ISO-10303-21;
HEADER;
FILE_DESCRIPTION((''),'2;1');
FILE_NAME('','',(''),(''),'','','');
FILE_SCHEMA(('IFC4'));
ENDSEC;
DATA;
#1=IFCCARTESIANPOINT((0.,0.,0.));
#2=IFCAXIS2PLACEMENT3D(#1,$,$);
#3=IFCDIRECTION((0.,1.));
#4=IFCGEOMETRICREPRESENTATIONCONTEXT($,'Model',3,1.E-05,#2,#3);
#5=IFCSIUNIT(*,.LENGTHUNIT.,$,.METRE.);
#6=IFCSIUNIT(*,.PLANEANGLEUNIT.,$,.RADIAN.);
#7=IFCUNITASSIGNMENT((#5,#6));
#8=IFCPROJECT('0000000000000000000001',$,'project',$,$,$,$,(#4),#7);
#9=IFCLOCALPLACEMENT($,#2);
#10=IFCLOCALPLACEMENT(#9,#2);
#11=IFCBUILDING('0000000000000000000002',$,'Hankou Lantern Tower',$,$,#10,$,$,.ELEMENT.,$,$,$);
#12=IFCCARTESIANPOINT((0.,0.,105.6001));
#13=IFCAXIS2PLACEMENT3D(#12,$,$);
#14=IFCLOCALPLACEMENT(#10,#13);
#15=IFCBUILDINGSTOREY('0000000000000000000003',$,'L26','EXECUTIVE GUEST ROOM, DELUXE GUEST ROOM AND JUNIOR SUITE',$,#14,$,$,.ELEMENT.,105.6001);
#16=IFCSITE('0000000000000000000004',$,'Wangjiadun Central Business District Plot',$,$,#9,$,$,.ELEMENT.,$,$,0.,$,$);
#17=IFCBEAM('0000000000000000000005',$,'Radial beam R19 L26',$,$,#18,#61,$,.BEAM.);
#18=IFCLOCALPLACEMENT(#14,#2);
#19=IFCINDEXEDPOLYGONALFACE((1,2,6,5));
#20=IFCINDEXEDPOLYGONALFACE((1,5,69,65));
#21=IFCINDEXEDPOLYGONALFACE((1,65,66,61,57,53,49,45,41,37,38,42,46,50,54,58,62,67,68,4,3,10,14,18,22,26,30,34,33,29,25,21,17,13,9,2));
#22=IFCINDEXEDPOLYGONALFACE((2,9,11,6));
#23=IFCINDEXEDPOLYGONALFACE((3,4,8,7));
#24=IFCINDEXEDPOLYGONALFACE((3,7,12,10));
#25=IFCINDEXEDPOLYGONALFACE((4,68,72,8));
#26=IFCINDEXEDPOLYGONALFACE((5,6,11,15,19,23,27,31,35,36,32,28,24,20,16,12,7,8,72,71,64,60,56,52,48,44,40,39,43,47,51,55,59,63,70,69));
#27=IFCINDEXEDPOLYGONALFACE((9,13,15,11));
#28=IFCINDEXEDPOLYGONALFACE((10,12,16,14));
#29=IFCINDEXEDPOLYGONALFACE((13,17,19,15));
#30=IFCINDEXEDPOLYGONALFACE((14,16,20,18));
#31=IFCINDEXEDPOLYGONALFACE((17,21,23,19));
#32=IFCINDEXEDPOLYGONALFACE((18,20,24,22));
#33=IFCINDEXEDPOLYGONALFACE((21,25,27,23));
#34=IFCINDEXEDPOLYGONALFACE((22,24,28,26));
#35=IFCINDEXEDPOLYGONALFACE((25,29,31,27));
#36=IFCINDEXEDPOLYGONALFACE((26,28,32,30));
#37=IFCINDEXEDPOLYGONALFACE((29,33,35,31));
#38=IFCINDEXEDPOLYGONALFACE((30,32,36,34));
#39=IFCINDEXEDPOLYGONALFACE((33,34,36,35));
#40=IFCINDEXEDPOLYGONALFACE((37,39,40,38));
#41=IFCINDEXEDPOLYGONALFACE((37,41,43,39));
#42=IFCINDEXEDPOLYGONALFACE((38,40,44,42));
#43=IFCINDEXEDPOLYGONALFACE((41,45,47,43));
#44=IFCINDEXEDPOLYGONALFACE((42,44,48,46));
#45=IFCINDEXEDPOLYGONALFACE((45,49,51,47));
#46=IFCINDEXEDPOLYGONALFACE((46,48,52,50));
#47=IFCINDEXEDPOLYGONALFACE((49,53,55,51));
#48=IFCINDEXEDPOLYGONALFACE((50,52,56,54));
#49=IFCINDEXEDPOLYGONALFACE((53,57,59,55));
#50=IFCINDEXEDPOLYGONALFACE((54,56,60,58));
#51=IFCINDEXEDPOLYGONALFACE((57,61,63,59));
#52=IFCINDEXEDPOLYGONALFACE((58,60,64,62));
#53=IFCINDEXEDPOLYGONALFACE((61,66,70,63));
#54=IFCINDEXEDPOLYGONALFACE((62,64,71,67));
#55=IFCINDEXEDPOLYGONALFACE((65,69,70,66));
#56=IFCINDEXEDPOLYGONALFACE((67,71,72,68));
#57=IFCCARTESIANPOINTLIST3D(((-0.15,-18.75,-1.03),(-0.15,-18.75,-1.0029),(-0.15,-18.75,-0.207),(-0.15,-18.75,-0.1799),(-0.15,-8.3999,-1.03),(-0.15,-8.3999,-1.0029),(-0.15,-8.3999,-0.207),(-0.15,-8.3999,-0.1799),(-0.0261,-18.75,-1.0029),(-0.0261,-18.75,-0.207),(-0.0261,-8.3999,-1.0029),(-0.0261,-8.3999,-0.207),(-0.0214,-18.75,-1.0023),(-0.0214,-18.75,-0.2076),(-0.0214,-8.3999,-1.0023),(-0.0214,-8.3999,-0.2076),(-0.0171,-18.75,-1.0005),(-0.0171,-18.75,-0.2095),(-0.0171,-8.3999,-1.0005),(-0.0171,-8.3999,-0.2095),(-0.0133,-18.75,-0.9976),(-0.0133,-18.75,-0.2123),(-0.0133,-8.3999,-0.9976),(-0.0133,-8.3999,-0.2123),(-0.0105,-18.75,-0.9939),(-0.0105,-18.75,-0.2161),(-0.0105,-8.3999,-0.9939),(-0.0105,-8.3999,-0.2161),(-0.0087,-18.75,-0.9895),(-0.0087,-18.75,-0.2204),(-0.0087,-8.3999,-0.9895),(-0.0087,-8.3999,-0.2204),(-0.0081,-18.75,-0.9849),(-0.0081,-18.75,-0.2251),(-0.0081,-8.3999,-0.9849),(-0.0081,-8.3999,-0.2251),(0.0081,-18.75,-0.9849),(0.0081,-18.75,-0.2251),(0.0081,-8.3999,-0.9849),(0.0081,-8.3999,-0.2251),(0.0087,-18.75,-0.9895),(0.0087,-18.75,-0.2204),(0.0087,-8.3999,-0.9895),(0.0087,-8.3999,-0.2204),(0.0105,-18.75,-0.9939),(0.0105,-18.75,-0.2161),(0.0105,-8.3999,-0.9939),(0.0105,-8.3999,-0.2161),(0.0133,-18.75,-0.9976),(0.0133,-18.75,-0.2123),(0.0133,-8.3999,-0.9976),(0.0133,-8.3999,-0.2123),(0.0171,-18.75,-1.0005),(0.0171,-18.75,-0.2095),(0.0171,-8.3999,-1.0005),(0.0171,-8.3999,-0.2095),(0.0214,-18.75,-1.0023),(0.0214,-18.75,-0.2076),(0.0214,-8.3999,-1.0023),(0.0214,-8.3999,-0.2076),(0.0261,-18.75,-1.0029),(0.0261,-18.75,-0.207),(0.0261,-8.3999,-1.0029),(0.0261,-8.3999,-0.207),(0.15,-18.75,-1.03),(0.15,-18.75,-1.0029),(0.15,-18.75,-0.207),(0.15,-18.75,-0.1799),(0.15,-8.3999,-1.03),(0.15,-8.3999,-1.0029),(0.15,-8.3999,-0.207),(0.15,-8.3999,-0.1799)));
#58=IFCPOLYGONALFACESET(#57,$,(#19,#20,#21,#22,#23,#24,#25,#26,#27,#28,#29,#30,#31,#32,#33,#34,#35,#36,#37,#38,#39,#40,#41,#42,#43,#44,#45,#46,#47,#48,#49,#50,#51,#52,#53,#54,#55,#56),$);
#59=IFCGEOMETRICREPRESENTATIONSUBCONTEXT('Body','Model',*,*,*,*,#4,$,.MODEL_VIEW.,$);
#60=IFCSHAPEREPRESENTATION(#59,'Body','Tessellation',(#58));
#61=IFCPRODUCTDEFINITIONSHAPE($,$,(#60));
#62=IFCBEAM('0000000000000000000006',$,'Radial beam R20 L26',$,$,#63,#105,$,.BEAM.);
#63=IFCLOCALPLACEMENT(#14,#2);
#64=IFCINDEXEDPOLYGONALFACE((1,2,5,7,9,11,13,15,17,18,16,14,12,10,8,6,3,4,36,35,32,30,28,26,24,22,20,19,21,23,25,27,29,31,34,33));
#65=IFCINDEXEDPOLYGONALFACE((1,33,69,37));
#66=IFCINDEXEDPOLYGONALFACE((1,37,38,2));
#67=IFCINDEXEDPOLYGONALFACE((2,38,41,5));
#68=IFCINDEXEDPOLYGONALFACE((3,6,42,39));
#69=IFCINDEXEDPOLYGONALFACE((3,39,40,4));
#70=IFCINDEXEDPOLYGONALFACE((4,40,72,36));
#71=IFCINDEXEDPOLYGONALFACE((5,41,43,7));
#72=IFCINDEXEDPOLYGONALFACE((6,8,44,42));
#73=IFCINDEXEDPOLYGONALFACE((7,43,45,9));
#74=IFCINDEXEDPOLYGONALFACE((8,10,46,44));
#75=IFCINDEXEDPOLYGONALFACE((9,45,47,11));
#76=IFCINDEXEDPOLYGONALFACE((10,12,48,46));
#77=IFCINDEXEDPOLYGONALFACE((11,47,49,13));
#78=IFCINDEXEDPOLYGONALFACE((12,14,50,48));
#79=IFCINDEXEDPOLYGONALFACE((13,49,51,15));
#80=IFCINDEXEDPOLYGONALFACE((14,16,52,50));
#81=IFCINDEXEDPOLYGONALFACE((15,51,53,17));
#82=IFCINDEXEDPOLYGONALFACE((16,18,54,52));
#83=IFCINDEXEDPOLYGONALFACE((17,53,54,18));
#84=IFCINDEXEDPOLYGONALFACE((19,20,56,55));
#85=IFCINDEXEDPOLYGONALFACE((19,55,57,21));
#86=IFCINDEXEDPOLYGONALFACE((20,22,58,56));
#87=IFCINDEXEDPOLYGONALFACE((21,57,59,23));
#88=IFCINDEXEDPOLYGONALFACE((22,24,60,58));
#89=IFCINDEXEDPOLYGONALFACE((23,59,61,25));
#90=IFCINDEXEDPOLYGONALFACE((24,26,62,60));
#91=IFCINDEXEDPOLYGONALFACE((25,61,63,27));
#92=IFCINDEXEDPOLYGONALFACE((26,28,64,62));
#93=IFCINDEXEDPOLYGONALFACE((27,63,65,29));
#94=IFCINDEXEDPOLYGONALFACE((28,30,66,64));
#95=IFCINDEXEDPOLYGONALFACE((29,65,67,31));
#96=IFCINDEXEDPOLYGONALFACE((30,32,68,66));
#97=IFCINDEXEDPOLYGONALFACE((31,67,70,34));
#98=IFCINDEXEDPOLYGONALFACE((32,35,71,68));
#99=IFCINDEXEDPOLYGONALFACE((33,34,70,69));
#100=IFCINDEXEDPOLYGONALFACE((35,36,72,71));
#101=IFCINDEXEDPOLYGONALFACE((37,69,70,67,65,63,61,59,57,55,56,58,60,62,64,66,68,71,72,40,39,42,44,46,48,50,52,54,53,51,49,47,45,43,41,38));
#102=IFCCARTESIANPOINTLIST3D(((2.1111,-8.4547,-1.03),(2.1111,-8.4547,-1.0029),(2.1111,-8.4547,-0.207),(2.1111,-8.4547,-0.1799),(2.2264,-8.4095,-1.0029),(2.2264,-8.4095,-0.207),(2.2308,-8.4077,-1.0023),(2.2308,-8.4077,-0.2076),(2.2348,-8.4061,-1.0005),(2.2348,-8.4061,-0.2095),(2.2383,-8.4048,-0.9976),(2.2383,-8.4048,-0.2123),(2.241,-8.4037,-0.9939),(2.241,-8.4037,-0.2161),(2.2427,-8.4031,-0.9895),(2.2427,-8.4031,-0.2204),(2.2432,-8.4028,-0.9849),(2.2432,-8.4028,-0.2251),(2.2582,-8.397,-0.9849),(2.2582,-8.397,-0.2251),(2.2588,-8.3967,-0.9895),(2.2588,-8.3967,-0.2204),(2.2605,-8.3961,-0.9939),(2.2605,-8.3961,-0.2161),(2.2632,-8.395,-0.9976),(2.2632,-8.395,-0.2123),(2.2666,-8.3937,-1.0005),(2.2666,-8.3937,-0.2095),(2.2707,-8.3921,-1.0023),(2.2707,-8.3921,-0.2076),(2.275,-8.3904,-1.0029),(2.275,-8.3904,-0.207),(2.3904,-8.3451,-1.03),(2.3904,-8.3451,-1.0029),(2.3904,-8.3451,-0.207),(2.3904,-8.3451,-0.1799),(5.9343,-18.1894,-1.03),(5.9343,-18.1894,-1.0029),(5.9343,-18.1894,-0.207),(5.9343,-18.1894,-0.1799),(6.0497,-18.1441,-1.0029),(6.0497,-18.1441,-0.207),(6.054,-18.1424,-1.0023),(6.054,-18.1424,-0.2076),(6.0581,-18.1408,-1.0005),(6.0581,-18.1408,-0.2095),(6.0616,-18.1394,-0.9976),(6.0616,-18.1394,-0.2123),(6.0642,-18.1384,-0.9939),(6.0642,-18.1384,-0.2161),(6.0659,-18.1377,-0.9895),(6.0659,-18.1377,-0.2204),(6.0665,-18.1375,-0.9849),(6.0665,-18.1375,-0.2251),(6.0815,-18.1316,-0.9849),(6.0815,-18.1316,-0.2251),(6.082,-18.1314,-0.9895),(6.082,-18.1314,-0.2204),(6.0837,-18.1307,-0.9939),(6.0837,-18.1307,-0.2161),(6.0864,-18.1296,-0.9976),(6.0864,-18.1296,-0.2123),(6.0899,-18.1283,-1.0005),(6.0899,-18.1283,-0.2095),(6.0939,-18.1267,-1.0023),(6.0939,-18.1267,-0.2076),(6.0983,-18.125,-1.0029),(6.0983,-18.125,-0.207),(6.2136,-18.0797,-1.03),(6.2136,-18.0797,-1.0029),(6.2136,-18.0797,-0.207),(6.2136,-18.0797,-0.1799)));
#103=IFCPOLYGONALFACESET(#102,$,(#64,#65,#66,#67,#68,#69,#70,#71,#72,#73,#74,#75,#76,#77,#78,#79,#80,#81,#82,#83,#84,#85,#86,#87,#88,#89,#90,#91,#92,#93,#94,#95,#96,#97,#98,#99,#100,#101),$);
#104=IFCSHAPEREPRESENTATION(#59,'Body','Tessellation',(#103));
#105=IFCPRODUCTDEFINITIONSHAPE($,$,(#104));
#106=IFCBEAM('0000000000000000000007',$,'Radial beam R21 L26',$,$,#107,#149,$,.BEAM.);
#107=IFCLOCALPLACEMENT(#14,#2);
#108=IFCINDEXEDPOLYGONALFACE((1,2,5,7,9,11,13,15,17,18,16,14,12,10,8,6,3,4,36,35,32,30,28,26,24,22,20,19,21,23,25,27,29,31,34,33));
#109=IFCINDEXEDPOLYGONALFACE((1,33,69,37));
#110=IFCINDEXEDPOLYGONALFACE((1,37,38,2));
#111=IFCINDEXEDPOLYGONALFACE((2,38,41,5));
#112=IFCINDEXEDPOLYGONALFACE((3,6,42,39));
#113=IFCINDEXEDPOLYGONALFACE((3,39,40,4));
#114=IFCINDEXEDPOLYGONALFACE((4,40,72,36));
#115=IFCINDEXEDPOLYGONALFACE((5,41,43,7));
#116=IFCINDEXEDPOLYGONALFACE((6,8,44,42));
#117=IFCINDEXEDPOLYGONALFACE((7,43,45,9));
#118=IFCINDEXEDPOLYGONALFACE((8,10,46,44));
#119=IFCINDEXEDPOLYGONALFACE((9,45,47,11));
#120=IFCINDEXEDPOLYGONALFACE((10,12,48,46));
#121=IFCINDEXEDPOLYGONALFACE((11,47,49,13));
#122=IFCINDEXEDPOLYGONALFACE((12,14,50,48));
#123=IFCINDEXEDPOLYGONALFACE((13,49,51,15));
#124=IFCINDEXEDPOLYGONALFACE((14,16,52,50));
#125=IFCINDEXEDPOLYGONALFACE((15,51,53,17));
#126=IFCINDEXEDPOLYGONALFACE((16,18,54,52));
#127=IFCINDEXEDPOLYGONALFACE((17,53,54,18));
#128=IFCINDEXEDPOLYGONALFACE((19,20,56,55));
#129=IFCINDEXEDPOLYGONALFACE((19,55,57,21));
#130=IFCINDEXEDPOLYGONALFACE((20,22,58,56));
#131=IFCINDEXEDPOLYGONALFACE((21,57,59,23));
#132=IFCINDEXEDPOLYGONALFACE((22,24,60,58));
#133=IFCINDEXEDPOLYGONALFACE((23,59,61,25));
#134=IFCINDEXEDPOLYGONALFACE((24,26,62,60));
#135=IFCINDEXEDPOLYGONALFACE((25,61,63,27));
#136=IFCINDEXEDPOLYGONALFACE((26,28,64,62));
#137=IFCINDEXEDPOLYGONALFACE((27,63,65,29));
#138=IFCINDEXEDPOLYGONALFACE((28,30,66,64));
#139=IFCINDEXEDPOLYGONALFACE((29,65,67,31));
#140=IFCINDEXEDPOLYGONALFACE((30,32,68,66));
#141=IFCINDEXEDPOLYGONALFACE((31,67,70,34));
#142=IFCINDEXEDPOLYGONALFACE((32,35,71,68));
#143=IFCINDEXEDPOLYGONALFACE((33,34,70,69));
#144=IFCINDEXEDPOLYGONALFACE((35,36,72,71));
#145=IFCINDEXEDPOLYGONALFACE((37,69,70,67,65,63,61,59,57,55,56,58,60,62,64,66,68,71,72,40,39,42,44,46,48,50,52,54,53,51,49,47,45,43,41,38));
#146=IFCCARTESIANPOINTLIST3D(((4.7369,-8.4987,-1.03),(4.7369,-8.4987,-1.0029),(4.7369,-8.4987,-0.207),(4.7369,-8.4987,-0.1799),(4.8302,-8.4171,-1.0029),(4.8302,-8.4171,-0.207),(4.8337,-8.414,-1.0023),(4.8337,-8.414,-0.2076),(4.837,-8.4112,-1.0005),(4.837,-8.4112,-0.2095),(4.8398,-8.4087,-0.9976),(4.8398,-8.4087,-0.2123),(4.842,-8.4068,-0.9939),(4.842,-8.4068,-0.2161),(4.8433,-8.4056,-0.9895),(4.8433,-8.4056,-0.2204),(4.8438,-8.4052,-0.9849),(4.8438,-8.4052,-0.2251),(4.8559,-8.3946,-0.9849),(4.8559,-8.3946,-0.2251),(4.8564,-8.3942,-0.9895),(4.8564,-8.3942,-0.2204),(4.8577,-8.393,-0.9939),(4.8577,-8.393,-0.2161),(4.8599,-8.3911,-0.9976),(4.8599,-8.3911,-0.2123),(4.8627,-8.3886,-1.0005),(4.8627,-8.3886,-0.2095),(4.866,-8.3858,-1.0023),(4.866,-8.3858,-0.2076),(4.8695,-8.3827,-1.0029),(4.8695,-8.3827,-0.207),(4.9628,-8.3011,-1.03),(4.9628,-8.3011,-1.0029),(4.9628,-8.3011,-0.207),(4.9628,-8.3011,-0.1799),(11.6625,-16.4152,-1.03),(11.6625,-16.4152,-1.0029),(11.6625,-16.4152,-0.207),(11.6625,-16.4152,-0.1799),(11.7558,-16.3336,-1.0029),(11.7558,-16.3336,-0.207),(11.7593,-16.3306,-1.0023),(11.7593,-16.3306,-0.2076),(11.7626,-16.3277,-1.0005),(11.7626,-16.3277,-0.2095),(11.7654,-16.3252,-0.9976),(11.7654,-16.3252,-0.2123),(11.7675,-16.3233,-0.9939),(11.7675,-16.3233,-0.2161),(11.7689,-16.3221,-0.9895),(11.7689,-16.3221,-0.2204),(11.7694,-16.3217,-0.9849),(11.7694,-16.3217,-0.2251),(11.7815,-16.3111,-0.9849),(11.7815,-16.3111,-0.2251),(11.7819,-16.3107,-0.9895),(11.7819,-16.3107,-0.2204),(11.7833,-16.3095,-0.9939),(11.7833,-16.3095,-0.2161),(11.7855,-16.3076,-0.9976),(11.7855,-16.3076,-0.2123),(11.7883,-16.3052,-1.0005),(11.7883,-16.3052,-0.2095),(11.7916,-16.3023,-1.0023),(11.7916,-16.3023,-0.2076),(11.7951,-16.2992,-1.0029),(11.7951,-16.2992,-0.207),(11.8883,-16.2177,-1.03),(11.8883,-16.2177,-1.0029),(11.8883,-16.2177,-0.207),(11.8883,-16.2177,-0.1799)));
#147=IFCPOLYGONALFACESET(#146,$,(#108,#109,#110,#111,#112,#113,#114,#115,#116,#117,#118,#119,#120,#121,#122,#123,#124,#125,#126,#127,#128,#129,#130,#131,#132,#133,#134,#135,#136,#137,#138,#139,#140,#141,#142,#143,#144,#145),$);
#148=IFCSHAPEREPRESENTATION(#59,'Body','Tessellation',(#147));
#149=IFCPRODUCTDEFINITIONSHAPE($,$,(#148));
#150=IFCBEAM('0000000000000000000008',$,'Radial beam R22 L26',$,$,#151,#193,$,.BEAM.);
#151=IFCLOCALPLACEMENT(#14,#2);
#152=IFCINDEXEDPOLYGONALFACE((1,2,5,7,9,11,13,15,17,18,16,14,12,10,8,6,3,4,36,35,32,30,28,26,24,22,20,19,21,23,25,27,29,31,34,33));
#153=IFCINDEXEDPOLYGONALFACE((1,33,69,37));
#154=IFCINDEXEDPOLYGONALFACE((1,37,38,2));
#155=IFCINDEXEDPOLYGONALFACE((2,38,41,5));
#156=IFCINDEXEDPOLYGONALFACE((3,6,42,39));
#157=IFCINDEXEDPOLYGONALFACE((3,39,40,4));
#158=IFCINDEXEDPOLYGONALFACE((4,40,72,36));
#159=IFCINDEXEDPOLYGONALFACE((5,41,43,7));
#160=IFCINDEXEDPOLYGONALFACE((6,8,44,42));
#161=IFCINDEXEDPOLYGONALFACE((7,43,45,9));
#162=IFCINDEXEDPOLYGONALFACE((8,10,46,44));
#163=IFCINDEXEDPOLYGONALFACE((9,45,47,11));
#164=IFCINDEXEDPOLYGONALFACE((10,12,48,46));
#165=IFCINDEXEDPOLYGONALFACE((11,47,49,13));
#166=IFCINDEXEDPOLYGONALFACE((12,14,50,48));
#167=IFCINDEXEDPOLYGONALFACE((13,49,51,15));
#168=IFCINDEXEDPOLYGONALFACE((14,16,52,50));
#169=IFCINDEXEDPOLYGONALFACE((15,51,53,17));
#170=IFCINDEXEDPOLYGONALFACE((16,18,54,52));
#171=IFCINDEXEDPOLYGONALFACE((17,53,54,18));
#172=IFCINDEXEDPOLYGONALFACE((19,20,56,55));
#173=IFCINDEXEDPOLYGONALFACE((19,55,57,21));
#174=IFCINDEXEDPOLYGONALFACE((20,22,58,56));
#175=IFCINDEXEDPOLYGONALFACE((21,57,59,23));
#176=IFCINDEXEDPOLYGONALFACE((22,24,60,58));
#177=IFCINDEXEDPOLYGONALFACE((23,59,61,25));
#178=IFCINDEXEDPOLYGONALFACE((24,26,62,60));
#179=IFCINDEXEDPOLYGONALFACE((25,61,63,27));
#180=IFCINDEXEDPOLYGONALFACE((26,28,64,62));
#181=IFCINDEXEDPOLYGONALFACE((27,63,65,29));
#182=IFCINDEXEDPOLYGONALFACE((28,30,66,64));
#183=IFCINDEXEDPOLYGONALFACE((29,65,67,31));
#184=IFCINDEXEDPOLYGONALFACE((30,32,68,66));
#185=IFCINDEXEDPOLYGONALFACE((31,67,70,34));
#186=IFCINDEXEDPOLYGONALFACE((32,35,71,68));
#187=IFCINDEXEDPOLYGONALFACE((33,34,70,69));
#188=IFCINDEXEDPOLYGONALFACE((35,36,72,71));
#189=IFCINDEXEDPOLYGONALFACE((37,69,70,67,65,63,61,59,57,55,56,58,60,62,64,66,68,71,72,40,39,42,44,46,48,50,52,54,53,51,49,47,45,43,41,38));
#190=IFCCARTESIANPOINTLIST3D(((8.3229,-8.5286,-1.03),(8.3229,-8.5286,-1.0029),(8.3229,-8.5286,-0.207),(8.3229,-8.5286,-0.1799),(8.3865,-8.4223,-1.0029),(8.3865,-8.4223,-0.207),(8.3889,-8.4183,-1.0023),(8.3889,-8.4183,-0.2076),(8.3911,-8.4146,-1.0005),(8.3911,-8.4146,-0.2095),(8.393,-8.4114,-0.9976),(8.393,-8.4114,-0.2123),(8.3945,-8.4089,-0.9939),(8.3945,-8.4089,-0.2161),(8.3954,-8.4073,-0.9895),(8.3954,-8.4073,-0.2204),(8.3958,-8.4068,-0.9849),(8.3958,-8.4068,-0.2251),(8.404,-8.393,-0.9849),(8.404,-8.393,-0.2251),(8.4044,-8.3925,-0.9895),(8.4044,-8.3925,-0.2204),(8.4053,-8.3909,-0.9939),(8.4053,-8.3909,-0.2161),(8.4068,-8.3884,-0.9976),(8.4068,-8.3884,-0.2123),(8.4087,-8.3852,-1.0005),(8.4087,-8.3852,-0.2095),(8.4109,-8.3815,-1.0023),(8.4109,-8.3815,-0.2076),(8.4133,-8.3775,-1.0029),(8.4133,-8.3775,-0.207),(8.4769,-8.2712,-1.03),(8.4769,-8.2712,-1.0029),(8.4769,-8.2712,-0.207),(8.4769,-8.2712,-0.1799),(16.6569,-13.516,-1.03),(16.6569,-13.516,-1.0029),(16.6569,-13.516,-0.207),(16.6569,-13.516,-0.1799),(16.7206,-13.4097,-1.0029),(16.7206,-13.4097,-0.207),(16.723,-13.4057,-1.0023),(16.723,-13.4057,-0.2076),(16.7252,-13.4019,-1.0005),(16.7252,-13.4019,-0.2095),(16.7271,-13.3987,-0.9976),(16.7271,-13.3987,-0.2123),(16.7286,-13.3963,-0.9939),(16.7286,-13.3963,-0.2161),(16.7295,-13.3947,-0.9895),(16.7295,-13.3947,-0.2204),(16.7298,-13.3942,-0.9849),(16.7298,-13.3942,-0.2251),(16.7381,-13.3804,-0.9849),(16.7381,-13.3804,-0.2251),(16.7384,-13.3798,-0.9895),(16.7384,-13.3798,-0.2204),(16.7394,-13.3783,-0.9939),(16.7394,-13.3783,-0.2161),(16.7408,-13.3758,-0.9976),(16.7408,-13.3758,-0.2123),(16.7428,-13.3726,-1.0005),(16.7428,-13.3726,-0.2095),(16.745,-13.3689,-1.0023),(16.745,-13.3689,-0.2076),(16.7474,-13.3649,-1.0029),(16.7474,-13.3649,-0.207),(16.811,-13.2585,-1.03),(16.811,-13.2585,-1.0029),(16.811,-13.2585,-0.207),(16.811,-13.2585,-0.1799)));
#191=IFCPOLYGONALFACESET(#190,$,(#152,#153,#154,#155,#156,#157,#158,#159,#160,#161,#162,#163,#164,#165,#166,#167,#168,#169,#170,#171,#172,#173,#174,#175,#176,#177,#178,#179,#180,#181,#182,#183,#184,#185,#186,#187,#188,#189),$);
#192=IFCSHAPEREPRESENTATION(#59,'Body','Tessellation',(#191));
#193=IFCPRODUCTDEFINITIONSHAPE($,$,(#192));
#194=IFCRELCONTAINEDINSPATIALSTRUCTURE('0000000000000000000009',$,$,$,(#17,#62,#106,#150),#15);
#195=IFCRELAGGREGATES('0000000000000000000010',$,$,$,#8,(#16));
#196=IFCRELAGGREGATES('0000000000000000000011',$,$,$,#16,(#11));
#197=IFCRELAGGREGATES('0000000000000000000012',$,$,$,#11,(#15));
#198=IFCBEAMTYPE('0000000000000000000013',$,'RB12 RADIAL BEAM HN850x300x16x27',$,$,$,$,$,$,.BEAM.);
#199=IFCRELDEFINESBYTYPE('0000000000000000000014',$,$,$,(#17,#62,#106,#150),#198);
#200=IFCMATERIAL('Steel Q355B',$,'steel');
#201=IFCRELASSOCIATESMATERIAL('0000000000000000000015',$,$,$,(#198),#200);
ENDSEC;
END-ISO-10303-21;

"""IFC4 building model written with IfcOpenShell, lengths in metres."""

from ifc_helpers import new_model, si_unit, direction, frame, origin, origin_2d, place, context, subcontext, project, spatial, i_section, extrude, material, material_profile, profile_set, type_object, element, save


model = new_model("IFC4")

# Units and contexts
model_context = context("Model", 3, precision=1e-05, world=origin(), true_north=direction((0.0, 1.0)))
body_context = subcontext(model_context, "Body", "Model", "MODEL_VIEW")
ifc_project = project(units=[si_unit("LENGTHUNIT", "METRE"), si_unit("PLANEANGLEUNIT", "RADIAN")], contexts=[model_context])

# Site, building, storey
site_placement = place(None, origin())
site = spatial("IfcSite", under=ifc_project, at=site_placement, Name="Wangjiadun Central Business District Plot", CompositionType="ELEMENT", RefElevation=0.0)
building_placement = place(site_placement, origin())
building = spatial("IfcBuilding", under=site, at=building_placement, Name="Hankou Lantern Tower", CompositionType="ELEMENT")
storey_placement = place(building_placement, frame((0.0, 0.0, 105.6001)))
storey = spatial("IfcBuildingStorey", under=building, at=storey_placement, Name="L26", Description="EXECUTIVE GUEST ROOM, DELUXE GUEST ROOM AND JUNIOR SUITE", CompositionType="ELEMENT", Elevation=105.6001)

# Beams
ifc_material_1 = material(Name="Steel Q355B", Category="steel")
ifc_material_profile = material_profile(ifc_material_1, i_section(OverallWidth=0.3, OverallDepth=0.8501, WebThickness=0.0161, FlangeThickness=0.0271, FilletRadius=0.0181, at=origin_2d()), Name="HN850x300x16x27")
ifc_profile_set = profile_set([ifc_material_profile], Name="Steel Q355B")
beam_type = type_object("IfcBeamType", Name="RB12 RADIAL BEAM HN850x300x16x27", PredefinedType="BEAM", material=ifc_profile_set)
beam_1_placement = place(storey_placement, frame((0.0, -8.3999, -0.605), z_axis=(0.0, -1.0, 0.0), x_axis=(1.0, 0.0, 0.0)))
element("IfcBeam", 1, at=beam_1_placement, inside=storey, type_object=beam_type, Name="Radial beam R19 L26", PredefinedType="BEAM", context=body_context, shape_type="SweptSolid", body=[
    extrude(i_section(OverallWidth=0.3, OverallDepth=0.8501, WebThickness=0.0161, FlangeThickness=0.0271, FilletRadius=0.0181, at=origin_2d()), origin(), (0.0, 0.0, 1.0), 10.3501),
])
beam_2_placement = place(storey_placement, frame((2.2507, -8.3999, -0.605), z_axis=(0.365564, -0.930786, 0.0), x_axis=(0.930786, 0.365564, 0.0)))
element("IfcBeam", 2, at=beam_2_placement, inside=storey, type_object=beam_type, Name="Radial beam R20 L26", PredefinedType="BEAM", context=body_context, shape_type="SweptSolid", body=[
    extrude(i_section(OverallWidth=0.3, OverallDepth=0.8501, WebThickness=0.0161, FlangeThickness=0.0271, FilletRadius=0.0181, at=origin_2d()), origin(), (0.0, 0.0, 1.0), 10.4585),
])
beam_3_placement = place(storey_placement, frame((4.8499, -8.3999, -0.605), z_axis=(0.658429, -0.752643, 0.0), x_axis=(0.752643, 0.658429, 0.0)))
element("IfcBeam", 3, at=beam_3_placement, inside=storey, type_object=beam_type, Name="Radial beam R21 L26", PredefinedType="BEAM", context=body_context, shape_type="SweptSolid", body=[
    extrude(i_section(OverallWidth=0.3, OverallDepth=0.8501, WebThickness=0.0161, FlangeThickness=0.0271, FilletRadius=0.0181, at=origin_2d()), origin(), (0.0, 0.0, 1.0), 10.5183),
])
beam_4_placement = place(storey_placement, frame((8.3999, -8.3999, -0.605), z_axis=(0.858087, -0.513505, 0.0), x_axis=(0.513505, 0.858087, 0.0)))
element("IfcBeam", 4, at=beam_4_placement, inside=storey, type_object=beam_type, Name="Radial beam R22 L26", PredefinedType="BEAM", context=body_context, shape_type="SweptSolid", body=[
    extrude(i_section(OverallWidth=0.3, OverallDepth=0.8501, WebThickness=0.0161, FlangeThickness=0.0271, FilletRadius=0.0181, at=origin_2d()), origin(), (0.0, 0.0, 1.0), 9.7124),
])

save(model, "model.ifc")
